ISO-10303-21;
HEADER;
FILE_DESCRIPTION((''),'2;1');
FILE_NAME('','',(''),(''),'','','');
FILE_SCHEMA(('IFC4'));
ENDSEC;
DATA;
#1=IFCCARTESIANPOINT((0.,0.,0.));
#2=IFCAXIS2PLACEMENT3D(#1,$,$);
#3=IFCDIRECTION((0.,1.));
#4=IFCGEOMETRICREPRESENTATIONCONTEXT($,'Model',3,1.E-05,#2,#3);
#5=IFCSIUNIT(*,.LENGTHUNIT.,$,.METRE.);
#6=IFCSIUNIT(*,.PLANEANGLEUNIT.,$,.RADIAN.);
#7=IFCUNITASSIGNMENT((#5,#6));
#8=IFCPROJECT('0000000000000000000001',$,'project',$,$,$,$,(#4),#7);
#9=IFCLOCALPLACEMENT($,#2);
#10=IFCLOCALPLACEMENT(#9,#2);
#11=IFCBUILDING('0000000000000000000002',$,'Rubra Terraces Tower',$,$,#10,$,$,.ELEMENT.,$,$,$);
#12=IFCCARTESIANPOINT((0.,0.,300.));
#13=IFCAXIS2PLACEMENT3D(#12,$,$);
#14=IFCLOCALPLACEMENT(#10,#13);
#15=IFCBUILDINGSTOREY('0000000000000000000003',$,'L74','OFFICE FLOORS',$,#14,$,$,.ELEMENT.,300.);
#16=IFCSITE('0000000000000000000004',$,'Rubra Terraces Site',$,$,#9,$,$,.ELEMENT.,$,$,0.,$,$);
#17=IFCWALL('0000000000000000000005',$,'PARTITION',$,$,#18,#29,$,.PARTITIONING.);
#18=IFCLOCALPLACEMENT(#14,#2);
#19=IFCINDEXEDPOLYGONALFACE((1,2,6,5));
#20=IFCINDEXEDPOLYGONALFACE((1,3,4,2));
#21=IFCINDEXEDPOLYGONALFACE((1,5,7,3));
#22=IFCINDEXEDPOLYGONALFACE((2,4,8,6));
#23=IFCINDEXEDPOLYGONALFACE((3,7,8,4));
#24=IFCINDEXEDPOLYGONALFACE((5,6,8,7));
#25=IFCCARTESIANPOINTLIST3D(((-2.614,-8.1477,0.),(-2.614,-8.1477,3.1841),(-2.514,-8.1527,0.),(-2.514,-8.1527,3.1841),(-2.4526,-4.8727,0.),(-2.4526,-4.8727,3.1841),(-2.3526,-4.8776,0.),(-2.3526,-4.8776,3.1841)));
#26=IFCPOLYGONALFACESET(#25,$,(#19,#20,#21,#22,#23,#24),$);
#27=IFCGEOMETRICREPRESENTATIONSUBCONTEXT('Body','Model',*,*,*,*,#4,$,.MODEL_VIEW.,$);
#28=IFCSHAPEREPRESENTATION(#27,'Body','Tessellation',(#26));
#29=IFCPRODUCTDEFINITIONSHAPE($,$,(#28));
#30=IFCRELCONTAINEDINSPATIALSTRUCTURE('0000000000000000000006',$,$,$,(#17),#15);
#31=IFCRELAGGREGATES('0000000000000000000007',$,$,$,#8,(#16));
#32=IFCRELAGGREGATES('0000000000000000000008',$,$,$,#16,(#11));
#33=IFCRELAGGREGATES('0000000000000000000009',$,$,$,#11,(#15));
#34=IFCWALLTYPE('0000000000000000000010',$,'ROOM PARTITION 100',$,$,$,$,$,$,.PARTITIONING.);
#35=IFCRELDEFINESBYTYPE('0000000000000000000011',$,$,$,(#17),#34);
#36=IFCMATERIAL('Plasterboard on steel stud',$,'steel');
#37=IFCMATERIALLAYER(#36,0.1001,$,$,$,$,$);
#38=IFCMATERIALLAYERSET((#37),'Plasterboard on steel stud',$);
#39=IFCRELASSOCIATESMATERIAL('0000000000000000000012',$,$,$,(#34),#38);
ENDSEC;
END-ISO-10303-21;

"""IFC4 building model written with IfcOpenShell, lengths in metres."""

from ifc_helpers import new_model, si_unit, direction, frame, frame_2d, origin, place, context, subcontext, project, spatial, rectangle, extrude, material, layer, layer_set, type_object, element, save


model = new_model("IFC4")

# Units and contexts
model_context = context("Model", 3, precision=1e-05, world=origin(), true_north=direction((0.0, 1.0)))
body_context = subcontext(model_context, "Body", "Model", "MODEL_VIEW")
ifc_project = project(units=[si_unit("LENGTHUNIT", "METRE"), si_unit("PLANEANGLEUNIT", "RADIAN")], contexts=[model_context])

# Site, building, storey
site_placement = place(None, origin())
site = spatial("IfcSite", under=ifc_project, at=site_placement, Name="Rubra Terraces Site", CompositionType="ELEMENT", RefElevation=0.0)
building_placement = place(site_placement, origin())
building = spatial("IfcBuilding", under=site, at=building_placement, Name="Rubra Terraces Tower", CompositionType="ELEMENT")
storey_placement = place(building_placement, frame((0.0, 0.0, 300.0)))
storey = spatial("IfcBuildingStorey", under=building, at=storey_placement, Name="L74", Description="OFFICE FLOORS", CompositionType="ELEMENT", Elevation=300.0)

# Wall
ifc_material_1 = material(Name="Plasterboard on steel stud", Category="steel")
ifc_layer_1 = layer(ifc_material_1, 0.1001)
ifc_layer_set_1 = layer_set([ifc_layer_1], Name="Plasterboard on steel stud")
wall_type_1 = type_object("IfcWallType", Name="ROOM PARTITION 100", PredefinedType="PARTITIONING", material=ifc_layer_set_1)
wall_1_placement = place(storey_placement, frame((-2.4026, -4.875, 0.0), z_axis=(0.0, 0.0, 1.0), x_axis=(-0.049213, -0.998788, 0.0)))
element("IfcWall", 1, at=wall_1_placement, inside=storey, type_object=wall_type_1, Name="PARTITION", PredefinedType="PARTITIONING", context=body_context, shape_type="SweptSolid", body=[
    extrude(rectangle(XDim=3.2791, YDim=0.1001, at=frame_2d((1.6396, 0.0))), origin(), (0.0, 0.0, 1.0), 3.1841),
])

save(model, "model.ifc")
